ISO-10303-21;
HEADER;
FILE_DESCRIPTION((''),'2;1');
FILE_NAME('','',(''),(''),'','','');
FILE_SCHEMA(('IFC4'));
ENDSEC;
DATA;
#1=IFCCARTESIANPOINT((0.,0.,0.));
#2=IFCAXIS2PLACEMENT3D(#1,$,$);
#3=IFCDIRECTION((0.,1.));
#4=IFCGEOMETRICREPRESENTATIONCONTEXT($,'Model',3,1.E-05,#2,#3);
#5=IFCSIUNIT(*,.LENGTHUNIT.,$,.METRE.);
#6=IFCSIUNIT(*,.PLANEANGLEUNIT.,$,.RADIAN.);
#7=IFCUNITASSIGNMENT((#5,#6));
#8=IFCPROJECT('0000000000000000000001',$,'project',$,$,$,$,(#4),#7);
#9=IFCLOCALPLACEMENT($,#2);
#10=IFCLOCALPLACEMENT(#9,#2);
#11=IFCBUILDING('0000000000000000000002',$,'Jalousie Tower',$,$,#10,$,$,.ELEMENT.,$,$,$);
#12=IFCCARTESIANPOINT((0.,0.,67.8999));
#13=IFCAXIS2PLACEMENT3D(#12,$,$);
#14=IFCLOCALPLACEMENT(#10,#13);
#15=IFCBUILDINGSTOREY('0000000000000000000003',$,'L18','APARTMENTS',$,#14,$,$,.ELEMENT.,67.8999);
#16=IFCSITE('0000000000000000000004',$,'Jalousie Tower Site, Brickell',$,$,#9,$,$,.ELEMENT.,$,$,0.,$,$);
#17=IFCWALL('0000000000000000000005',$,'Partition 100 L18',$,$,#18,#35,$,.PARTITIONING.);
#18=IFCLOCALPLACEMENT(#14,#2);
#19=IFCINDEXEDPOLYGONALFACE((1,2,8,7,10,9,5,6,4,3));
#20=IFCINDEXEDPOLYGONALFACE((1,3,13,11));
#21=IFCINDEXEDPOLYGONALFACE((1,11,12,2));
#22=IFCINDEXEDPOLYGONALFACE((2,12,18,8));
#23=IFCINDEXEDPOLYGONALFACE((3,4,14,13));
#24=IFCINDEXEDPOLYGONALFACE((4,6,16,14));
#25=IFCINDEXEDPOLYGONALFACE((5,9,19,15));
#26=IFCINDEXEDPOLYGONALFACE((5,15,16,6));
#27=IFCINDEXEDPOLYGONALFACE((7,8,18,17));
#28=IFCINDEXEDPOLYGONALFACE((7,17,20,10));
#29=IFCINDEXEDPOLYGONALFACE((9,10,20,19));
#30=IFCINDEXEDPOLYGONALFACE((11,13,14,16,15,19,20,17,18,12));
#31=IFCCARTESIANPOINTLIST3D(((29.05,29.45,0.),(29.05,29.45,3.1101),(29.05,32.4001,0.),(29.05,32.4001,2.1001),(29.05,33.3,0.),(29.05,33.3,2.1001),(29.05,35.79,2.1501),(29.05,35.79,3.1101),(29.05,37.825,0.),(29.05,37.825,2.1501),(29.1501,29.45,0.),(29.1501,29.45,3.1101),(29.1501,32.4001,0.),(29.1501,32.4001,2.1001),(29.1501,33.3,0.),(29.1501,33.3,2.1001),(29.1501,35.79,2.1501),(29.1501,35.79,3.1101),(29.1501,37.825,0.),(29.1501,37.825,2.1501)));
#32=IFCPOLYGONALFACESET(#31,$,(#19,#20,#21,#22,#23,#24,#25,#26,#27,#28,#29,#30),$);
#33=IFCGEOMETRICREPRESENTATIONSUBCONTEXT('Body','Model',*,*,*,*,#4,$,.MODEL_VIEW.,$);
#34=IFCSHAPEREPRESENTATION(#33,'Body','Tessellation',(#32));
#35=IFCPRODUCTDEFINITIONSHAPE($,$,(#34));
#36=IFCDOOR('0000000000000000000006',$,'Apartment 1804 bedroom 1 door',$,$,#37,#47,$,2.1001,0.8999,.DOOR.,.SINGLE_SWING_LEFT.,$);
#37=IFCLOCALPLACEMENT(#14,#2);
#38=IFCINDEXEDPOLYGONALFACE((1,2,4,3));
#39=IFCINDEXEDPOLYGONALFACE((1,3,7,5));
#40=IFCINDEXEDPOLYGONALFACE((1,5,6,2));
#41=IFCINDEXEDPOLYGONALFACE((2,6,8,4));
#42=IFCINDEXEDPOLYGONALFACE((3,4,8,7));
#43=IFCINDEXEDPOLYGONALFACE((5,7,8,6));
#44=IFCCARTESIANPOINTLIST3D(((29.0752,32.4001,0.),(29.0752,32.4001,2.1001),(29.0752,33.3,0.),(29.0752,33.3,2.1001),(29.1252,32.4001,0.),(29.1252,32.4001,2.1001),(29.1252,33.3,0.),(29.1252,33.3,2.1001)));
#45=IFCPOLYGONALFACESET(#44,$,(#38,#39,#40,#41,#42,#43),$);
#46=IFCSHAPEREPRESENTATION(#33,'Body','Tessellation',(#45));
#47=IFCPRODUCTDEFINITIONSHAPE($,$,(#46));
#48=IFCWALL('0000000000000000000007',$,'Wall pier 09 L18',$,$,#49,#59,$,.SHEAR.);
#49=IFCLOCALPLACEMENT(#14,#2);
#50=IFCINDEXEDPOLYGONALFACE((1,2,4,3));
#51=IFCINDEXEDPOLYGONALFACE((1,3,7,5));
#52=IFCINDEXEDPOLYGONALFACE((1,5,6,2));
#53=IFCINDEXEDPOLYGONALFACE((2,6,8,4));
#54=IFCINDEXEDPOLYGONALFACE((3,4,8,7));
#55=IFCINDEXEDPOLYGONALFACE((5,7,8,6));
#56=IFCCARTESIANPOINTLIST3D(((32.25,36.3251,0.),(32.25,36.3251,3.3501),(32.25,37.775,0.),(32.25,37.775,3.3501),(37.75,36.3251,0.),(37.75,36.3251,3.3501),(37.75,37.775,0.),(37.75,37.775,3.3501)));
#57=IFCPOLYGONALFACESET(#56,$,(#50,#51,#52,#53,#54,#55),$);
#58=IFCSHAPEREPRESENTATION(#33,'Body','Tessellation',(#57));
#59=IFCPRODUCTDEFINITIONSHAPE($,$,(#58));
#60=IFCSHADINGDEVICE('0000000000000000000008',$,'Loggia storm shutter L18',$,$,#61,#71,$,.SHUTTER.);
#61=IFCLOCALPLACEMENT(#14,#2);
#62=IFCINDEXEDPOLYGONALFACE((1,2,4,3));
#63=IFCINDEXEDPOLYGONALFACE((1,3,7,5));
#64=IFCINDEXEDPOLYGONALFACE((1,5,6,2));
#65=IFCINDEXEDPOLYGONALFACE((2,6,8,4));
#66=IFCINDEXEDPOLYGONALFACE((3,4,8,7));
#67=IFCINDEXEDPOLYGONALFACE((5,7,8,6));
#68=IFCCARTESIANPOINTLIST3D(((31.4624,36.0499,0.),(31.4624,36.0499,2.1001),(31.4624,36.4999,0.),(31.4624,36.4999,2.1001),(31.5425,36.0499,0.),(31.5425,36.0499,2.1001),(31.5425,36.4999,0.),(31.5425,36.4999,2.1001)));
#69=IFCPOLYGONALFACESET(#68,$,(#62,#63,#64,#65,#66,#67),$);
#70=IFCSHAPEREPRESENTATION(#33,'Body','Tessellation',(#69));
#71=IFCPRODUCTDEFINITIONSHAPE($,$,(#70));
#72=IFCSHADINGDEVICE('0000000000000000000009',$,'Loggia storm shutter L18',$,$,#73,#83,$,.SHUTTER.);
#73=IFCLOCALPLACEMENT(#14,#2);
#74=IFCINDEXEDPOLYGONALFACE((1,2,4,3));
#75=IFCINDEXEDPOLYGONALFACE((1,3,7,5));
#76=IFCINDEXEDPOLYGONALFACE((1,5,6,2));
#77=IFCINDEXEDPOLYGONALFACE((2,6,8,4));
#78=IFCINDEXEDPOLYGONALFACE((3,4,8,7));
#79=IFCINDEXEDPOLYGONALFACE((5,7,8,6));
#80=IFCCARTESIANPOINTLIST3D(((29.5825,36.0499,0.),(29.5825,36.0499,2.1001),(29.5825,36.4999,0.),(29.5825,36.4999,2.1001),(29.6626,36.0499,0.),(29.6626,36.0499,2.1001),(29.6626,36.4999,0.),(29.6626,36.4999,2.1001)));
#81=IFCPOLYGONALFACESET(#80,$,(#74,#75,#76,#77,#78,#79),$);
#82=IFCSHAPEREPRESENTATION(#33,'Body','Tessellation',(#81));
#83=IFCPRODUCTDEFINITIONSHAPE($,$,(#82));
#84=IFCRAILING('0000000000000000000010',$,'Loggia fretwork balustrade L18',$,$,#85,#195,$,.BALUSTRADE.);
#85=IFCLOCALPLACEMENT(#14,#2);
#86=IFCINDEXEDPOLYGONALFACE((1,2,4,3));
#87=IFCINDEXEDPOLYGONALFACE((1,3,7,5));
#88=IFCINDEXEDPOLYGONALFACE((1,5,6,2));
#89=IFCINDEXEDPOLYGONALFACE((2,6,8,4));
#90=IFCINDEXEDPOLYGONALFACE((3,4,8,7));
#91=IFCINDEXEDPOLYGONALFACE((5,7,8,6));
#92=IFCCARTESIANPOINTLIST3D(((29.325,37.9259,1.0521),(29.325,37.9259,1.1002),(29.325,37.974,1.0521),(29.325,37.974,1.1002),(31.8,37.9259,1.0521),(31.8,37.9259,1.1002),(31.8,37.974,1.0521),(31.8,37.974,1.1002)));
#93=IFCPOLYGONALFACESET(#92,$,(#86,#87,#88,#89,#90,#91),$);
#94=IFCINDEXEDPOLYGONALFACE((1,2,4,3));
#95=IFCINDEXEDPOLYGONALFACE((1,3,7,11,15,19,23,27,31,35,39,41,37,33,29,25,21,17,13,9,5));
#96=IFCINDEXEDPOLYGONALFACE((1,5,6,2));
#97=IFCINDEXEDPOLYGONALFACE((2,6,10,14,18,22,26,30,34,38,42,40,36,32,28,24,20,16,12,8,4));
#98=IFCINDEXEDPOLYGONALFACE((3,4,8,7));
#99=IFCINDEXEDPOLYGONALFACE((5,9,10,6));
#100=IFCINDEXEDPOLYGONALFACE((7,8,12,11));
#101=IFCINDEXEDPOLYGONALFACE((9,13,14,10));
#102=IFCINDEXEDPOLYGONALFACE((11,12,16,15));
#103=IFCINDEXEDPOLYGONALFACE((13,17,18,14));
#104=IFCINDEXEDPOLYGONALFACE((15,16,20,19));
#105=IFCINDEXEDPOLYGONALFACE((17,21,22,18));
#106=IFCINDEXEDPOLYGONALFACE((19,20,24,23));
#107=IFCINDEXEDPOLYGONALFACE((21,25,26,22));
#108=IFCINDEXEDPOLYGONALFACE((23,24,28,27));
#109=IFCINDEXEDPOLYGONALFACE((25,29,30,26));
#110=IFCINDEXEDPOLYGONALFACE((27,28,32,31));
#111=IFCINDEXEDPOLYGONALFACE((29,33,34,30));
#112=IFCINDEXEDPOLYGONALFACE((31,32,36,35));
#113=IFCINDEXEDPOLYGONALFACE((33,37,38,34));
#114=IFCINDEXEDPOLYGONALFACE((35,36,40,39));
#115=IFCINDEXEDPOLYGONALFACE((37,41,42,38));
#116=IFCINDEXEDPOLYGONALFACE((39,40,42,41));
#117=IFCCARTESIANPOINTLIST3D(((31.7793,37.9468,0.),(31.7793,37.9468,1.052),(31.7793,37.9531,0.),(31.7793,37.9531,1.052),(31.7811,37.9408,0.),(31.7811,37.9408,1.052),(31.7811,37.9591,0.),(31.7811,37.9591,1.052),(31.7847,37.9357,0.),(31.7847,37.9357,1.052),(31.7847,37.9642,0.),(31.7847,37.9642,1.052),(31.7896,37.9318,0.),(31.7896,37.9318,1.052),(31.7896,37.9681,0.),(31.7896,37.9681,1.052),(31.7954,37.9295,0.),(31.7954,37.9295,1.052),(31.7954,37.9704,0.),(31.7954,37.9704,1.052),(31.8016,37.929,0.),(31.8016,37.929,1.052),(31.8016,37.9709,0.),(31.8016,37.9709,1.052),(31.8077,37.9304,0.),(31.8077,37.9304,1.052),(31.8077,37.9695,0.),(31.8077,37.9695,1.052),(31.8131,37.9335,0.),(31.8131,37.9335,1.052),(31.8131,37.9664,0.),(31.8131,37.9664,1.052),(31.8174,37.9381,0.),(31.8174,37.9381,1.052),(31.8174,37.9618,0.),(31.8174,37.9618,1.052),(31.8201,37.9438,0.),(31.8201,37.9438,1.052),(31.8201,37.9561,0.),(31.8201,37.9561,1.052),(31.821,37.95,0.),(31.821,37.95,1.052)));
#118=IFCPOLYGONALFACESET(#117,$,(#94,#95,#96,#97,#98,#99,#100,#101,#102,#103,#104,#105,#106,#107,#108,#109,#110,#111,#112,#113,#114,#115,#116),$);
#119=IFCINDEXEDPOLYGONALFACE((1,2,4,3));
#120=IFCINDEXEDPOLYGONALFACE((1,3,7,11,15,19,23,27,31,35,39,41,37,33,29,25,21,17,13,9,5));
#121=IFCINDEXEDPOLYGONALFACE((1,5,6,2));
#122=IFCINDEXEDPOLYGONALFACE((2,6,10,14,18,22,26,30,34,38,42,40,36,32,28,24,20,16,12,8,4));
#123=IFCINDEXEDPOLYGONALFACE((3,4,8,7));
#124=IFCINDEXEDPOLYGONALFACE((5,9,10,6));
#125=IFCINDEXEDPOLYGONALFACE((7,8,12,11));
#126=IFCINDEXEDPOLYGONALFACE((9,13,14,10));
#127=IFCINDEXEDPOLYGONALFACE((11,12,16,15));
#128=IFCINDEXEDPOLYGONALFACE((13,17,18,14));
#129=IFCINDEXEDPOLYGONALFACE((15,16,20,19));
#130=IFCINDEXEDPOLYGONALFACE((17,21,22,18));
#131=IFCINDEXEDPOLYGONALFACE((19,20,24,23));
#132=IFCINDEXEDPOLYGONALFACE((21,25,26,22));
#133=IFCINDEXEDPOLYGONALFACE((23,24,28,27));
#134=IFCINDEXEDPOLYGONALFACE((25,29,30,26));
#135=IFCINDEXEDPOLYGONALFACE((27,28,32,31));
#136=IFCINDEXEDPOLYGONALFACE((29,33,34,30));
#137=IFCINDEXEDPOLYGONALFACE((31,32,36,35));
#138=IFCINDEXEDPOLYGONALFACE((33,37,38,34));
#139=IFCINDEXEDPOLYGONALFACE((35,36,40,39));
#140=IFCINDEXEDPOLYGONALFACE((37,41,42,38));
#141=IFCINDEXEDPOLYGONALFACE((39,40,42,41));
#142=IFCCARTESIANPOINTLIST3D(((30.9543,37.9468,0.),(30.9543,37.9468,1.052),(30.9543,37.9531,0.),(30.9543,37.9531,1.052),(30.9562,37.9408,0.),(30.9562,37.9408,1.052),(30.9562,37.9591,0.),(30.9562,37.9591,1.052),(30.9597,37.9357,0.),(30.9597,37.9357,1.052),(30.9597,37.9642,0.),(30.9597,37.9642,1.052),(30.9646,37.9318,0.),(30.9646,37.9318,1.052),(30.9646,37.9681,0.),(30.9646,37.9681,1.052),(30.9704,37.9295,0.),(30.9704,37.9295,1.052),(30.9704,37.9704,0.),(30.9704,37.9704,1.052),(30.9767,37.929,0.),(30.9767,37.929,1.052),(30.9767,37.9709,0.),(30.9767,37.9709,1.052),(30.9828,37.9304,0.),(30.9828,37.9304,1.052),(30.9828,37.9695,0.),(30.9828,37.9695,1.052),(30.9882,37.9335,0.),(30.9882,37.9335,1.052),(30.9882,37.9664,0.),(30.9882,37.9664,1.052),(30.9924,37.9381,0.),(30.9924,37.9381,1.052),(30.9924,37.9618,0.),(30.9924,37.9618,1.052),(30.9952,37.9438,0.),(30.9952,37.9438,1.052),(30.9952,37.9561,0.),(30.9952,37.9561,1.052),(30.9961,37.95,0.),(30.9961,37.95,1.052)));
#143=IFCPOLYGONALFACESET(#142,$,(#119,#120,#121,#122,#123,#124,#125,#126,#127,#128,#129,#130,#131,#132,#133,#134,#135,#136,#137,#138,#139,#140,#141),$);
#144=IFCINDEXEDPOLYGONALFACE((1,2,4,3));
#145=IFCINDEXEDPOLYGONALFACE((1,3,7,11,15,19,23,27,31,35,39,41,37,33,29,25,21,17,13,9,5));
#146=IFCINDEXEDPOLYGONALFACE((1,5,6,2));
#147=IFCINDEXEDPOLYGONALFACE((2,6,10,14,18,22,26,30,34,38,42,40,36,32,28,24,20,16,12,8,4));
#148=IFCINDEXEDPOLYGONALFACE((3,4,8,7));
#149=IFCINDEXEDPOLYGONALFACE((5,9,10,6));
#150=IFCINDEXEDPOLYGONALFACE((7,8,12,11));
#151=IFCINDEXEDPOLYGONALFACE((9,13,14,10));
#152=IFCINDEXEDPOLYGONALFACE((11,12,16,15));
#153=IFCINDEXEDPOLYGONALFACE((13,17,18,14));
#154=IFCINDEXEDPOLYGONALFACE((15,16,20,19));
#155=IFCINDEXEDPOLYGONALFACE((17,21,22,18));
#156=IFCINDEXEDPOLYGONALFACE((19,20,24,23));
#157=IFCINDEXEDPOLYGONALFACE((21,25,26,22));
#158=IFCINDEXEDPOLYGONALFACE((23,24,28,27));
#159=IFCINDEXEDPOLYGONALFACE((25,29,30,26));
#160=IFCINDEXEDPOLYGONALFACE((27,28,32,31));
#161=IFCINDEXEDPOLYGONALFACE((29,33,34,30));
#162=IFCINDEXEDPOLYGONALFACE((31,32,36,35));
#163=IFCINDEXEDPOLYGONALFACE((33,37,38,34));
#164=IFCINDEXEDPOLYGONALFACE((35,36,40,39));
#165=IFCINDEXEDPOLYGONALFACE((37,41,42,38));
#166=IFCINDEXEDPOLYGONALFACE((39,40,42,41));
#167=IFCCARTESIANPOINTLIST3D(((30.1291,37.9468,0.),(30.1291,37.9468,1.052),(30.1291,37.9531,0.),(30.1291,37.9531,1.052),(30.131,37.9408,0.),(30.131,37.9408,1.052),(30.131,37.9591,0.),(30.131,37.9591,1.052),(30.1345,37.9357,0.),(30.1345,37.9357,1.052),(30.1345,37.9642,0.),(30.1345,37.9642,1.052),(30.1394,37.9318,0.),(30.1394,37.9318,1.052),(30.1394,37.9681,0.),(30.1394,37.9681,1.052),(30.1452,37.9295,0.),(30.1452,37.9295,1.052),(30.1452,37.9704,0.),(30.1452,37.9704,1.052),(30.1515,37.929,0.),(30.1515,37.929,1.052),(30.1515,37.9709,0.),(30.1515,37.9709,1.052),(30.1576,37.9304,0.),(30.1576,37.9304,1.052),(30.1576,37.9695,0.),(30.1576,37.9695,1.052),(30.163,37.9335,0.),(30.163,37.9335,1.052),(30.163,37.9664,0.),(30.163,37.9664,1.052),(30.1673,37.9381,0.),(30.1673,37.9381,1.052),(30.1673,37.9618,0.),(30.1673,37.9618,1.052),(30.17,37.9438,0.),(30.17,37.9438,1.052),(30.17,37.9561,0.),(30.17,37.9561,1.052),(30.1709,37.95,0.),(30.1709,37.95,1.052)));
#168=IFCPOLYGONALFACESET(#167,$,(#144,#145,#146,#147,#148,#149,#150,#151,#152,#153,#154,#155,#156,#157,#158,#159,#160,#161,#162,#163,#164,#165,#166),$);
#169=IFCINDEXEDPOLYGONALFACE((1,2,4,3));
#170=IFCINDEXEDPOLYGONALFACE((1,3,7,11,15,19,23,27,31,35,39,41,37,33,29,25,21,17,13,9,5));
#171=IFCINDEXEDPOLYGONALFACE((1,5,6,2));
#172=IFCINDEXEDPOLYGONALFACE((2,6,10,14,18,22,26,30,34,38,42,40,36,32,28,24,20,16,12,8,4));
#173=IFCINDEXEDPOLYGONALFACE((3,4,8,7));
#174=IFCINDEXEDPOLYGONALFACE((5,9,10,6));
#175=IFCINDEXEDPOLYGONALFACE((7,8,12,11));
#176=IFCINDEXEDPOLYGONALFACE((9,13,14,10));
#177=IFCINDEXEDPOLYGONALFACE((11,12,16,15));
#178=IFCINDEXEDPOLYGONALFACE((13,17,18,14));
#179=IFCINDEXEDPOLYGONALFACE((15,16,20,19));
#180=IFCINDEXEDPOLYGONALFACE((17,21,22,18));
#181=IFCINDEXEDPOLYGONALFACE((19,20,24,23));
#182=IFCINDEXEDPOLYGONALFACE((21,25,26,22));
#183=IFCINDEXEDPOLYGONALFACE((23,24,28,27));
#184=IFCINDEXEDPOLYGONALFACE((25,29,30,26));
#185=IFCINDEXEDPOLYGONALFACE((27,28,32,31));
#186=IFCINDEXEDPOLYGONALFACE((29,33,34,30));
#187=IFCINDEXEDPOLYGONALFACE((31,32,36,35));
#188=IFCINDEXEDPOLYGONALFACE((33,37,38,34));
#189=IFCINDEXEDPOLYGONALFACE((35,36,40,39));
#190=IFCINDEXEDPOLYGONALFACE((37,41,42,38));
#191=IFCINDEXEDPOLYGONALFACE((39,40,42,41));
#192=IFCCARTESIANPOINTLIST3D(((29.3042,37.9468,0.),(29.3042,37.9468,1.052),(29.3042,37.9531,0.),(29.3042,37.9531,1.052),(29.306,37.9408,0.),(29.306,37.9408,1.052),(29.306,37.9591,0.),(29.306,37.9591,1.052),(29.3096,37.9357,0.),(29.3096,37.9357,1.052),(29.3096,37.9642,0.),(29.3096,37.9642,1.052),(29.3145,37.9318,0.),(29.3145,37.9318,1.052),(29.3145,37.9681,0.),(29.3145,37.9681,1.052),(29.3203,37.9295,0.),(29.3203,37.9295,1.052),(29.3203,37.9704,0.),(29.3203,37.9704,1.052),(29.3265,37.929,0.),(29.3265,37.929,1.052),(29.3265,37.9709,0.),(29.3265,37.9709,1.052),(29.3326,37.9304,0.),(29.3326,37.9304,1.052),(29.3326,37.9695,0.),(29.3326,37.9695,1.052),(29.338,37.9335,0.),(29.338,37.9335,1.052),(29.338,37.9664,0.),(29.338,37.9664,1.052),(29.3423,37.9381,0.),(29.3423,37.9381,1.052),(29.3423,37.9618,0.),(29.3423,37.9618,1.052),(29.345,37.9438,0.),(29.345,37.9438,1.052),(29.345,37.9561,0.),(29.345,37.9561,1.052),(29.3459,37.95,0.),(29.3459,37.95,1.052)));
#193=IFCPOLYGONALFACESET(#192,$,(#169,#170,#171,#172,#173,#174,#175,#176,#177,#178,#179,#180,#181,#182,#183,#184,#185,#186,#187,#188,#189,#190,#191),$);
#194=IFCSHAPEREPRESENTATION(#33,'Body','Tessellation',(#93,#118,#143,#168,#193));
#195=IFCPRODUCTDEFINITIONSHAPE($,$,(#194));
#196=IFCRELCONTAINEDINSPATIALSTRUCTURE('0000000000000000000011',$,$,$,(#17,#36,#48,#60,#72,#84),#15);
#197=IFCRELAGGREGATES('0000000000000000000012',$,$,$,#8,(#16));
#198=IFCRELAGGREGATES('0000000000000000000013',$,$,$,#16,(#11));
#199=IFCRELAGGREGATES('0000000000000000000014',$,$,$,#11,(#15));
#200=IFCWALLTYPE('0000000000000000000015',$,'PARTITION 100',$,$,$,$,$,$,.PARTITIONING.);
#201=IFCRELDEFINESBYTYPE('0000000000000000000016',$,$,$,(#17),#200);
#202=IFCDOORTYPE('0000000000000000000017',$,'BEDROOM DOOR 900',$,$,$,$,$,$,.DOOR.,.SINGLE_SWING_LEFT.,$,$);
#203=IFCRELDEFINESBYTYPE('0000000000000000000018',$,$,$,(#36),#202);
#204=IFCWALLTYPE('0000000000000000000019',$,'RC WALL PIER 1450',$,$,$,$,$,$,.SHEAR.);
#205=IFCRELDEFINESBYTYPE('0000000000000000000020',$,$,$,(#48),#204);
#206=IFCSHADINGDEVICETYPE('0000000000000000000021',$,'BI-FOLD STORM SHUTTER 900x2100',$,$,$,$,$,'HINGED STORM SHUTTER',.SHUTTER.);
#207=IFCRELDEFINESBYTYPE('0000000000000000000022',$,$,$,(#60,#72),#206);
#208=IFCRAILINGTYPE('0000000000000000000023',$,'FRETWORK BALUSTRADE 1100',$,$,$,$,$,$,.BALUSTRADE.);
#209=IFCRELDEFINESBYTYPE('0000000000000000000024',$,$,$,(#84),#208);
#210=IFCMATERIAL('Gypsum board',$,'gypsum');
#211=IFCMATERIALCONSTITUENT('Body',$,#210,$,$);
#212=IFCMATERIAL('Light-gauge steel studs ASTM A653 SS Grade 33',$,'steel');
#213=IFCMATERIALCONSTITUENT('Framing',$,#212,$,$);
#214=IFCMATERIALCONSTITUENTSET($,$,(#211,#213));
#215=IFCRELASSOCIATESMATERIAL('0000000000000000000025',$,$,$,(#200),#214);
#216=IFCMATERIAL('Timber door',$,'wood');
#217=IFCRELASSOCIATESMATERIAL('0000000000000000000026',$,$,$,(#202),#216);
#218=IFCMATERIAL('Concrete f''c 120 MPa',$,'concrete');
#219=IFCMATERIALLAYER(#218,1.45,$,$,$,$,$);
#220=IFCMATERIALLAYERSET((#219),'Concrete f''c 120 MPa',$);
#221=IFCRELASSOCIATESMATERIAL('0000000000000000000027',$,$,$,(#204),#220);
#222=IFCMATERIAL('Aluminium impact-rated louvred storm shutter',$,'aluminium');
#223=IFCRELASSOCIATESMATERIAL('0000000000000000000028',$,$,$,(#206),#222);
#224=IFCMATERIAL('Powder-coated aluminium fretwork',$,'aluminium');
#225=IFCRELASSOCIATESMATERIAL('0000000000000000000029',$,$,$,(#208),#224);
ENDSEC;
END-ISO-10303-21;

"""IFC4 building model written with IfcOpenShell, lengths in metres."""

from ifc_helpers import new_model, si_unit, direction, frame, frame_2d, origin, origin_2d, place, context, subcontext, project, spatial, polyline, rectangle, circle, outline, extrude, material, layer, layer_set, constituent, constituent_set, type_object, element, fill, save


model = new_model("IFC4")

# Units and contexts
model_context = context("Model", 3, precision=1e-05, world=origin(), true_north=direction((0.0, 1.0)))
body_context = subcontext(model_context, "Body", "Model", "MODEL_VIEW")
ifc_project = project(units=[si_unit("LENGTHUNIT", "METRE"), si_unit("PLANEANGLEUNIT", "RADIAN")], contexts=[model_context])

# Site, building, storey
site_placement = place(None, origin())
site = spatial("IfcSite", under=ifc_project, at=site_placement, Name="Jalousie Tower Site, Brickell", CompositionType="ELEMENT", RefElevation=0.0)
building_placement = place(site_placement, origin())
building = spatial("IfcBuilding", under=site, at=building_placement, Name="Jalousie Tower", CompositionType="ELEMENT")
storey_placement = place(building_placement, frame((0.0, 0.0, 67.8999)))
storey = spatial("IfcBuildingStorey", under=building, at=storey_placement, Name="L18", Description="APARTMENTS", CompositionType="ELEMENT", Elevation=67.8999)

# Wall, opening, door
ifc_material_1 = material(Name="Gypsum board", Category="gypsum")
ifc_constituent_1 = constituent(ifc_material_1, Name="Body")
ifc_material_2 = material(Name="Light-gauge steel studs ASTM A653 SS Grade 33", Category="steel")
ifc_constituent_2 = constituent(ifc_material_2, Name="Framing")
ifc_constituent_set_1 = constituent_set(constituents=[ifc_constituent_1, ifc_constituent_2])
wall_type_1 = type_object("IfcWallType", Name="PARTITION 100", PredefinedType="PARTITIONING", material=ifc_constituent_set_1)
wall_1_placement = place(storey_placement, frame((29.1001, 37.825, 0.0), z_axis=(0.0, 0.0, 1.0), x_axis=(0.0, -1.0, 0.0)))
wall_1 = element("IfcWall", 1, at=wall_1_placement, inside=storey, type_object=wall_type_1, Name="Partition 100 L18", PredefinedType="PARTITIONING", context=body_context, shape_type="SweptSolid", body=[
    extrude(outline(polyline([(0.0, 0.0), (8.375, 0.0), (8.375, 3.1101), (2.0349, 3.1101), (2.0349, 2.1501), (0.0, 2.1501), (0.0, 3.1101), (0.0, 0.0)])), frame((0.0, 0.05, 0.0), z_axis=(0.0, -1.0, 0.0), x_axis=(1.0, 0.0, 0.0)), (0.0, 0.0, 1.0), 0.1001),
])
opening_1_placement = place(wall_1_placement, frame((4.5249, 0.0, 0.0)))
opening_1 = element("IfcOpeningElement", 2, at=opening_1_placement, cuts=wall_1, PredefinedType="OPENING", context=body_context, shape_type="SweptSolid", body=[
    extrude(rectangle(XDim=0.8999, YDim=2.1001, at=frame_2d((0.45, 1.05))), frame((0.0, 0.0601, 0.0), z_axis=(0.0, -1.0, 0.0), x_axis=(1.0, 0.0, 0.0)), (0.0, 0.0, 1.0), 0.1201),
])
ifc_material_3 = material(Name="Timber door", Category="wood")
door_type_1 = type_object("IfcDoorType", Name="BEDROOM DOOR 900", OperationType="SINGLE_SWING_LEFT", PredefinedType="DOOR", material=ifc_material_3)
door_1_placement = place(opening_1_placement, frame((0.8999, 0.0, 0.0), z_axis=(0.0, 0.0, 1.0), x_axis=(-1.0, 0.0, 0.0)))
door_1 = element("IfcDoor", 3, at=door_1_placement, inside=storey, type_object=door_type_1, Name="Apartment 1804 bedroom 1 door", OperationType="SINGLE_SWING_LEFT", OverallHeight=2.1001, OverallWidth=0.8999, PredefinedType="DOOR", context=body_context, shape_type="SweptSolid", body=[
    extrude(rectangle(XDim=0.8999, YDim=2.1001, at=frame_2d((0.45, 1.05))), frame((0.0, 0.0249, 0.0), z_axis=(0.0, -1.0, 0.0), x_axis=(1.0, 0.0, 0.0)), (0.0, 0.0, 1.0), 0.05),
])
fill(opening_1, door_1)

# Wall
ifc_material_4 = material(Name="Concrete f'c 120 MPa", Category="concrete")
ifc_layer_1 = layer(ifc_material_4, 1.45)
ifc_layer_set_1 = layer_set([ifc_layer_1], Name="Concrete f'c 120 MPa")
wall_type_2 = type_object("IfcWallType", Name="RC WALL PIER 1450", PredefinedType="SHEAR", material=ifc_layer_set_1)
wall_2_placement = place(storey_placement, frame((32.25, 37.05, 0.0), z_axis=(0.0, 0.0, 1.0), x_axis=(1.0, 0.0, 0.0)))
element("IfcWall", 4, at=wall_2_placement, inside=storey, type_object=wall_type_2, Name="Wall pier 09 L18", PredefinedType="SHEAR", context=body_context, shape_type="SweptSolid", body=[
    extrude(rectangle(XDim=5.5, YDim=1.45, at=frame_2d((2.75, 0.0))), origin(), (0.0, 0.0, 1.0), 3.3501),
])

# Shading devices
ifc_material_5 = material(Name="Aluminium impact-rated louvred storm shutter", Category="aluminium")
shading_device_type_1 = type_object("IfcShadingDeviceType", Name="BI-FOLD STORM SHUTTER 900x2100", ElementType="HINGED STORM SHUTTER", PredefinedType="SHUTTER", material=ifc_material_5)
for number, where, z_axis, x_axis, name in (
    (5, (31.5024, 36.2749, 0.0), (0.0, 0.0, 1.0), (0.0, -1.0, 0.0), "Loggia storm shutter L18"),
    (6, (29.6226, 36.2749, 0.0), (0.0, 0.0, 1.0), (0.0, -1.0, 0.0), "Loggia storm shutter L18"),
):
    element("IfcShadingDevice", number, at=place(storey_placement, frame(where, z_axis=z_axis, x_axis=x_axis)), inside=storey, type_object=shading_device_type_1, Name=name, PredefinedType="SHUTTER", context=body_context, shape_type="SweptSolid", body=[
        extrude(rectangle(XDim=0.45, YDim=0.0801, at=origin_2d()), origin(), (0.0, 0.0, 1.0), 2.1001),
    ])

# Railing
ifc_material_6 = material(Name="Powder-coated aluminium fretwork", Category="aluminium")
railing_type = type_object("IfcRailingType", Name="FRETWORK BALUSTRADE 1100", PredefinedType="BALUSTRADE", material=ifc_material_6)
railing_placement = place(storey_placement, frame((31.8, 37.95, 0.0)))
element("IfcRailing", 7, at=railing_placement, inside=storey, type_object=railing_type, Name="Loggia fretwork balustrade L18", PredefinedType="BALUSTRADE", context=body_context, shape_type="SweptSolid", body=[
    extrude(rectangle(XDim=0.0481, YDim=0.0481, at=origin_2d()), frame((0.0, 0.0, 1.0762), z_axis=(-1.0, 0.0, 0.0), x_axis=(0.0, -1.0, 0.0)), (0.0, 0.0, 1.0), 2.4751),
    extrude(circle(Radius=0.021, at=origin_2d()), origin(), (0.0, 0.0, 1.0), 1.052),
    extrude(circle(Radius=0.021, at=origin_2d()), frame((-0.825, 0.0, 0.0)), (0.0, 0.0, 1.0), 1.052),
    extrude(circle(Radius=0.021, at=origin_2d()), frame((-1.6501, 0.0, 0.0)), (0.0, 0.0, 1.0), 1.052),
    extrude(circle(Radius=0.021, at=origin_2d()), frame((-2.4751, 0.0, 0.0)), (0.0, 0.0, 1.0), 1.052),
])

save(model, "model.ifc")
